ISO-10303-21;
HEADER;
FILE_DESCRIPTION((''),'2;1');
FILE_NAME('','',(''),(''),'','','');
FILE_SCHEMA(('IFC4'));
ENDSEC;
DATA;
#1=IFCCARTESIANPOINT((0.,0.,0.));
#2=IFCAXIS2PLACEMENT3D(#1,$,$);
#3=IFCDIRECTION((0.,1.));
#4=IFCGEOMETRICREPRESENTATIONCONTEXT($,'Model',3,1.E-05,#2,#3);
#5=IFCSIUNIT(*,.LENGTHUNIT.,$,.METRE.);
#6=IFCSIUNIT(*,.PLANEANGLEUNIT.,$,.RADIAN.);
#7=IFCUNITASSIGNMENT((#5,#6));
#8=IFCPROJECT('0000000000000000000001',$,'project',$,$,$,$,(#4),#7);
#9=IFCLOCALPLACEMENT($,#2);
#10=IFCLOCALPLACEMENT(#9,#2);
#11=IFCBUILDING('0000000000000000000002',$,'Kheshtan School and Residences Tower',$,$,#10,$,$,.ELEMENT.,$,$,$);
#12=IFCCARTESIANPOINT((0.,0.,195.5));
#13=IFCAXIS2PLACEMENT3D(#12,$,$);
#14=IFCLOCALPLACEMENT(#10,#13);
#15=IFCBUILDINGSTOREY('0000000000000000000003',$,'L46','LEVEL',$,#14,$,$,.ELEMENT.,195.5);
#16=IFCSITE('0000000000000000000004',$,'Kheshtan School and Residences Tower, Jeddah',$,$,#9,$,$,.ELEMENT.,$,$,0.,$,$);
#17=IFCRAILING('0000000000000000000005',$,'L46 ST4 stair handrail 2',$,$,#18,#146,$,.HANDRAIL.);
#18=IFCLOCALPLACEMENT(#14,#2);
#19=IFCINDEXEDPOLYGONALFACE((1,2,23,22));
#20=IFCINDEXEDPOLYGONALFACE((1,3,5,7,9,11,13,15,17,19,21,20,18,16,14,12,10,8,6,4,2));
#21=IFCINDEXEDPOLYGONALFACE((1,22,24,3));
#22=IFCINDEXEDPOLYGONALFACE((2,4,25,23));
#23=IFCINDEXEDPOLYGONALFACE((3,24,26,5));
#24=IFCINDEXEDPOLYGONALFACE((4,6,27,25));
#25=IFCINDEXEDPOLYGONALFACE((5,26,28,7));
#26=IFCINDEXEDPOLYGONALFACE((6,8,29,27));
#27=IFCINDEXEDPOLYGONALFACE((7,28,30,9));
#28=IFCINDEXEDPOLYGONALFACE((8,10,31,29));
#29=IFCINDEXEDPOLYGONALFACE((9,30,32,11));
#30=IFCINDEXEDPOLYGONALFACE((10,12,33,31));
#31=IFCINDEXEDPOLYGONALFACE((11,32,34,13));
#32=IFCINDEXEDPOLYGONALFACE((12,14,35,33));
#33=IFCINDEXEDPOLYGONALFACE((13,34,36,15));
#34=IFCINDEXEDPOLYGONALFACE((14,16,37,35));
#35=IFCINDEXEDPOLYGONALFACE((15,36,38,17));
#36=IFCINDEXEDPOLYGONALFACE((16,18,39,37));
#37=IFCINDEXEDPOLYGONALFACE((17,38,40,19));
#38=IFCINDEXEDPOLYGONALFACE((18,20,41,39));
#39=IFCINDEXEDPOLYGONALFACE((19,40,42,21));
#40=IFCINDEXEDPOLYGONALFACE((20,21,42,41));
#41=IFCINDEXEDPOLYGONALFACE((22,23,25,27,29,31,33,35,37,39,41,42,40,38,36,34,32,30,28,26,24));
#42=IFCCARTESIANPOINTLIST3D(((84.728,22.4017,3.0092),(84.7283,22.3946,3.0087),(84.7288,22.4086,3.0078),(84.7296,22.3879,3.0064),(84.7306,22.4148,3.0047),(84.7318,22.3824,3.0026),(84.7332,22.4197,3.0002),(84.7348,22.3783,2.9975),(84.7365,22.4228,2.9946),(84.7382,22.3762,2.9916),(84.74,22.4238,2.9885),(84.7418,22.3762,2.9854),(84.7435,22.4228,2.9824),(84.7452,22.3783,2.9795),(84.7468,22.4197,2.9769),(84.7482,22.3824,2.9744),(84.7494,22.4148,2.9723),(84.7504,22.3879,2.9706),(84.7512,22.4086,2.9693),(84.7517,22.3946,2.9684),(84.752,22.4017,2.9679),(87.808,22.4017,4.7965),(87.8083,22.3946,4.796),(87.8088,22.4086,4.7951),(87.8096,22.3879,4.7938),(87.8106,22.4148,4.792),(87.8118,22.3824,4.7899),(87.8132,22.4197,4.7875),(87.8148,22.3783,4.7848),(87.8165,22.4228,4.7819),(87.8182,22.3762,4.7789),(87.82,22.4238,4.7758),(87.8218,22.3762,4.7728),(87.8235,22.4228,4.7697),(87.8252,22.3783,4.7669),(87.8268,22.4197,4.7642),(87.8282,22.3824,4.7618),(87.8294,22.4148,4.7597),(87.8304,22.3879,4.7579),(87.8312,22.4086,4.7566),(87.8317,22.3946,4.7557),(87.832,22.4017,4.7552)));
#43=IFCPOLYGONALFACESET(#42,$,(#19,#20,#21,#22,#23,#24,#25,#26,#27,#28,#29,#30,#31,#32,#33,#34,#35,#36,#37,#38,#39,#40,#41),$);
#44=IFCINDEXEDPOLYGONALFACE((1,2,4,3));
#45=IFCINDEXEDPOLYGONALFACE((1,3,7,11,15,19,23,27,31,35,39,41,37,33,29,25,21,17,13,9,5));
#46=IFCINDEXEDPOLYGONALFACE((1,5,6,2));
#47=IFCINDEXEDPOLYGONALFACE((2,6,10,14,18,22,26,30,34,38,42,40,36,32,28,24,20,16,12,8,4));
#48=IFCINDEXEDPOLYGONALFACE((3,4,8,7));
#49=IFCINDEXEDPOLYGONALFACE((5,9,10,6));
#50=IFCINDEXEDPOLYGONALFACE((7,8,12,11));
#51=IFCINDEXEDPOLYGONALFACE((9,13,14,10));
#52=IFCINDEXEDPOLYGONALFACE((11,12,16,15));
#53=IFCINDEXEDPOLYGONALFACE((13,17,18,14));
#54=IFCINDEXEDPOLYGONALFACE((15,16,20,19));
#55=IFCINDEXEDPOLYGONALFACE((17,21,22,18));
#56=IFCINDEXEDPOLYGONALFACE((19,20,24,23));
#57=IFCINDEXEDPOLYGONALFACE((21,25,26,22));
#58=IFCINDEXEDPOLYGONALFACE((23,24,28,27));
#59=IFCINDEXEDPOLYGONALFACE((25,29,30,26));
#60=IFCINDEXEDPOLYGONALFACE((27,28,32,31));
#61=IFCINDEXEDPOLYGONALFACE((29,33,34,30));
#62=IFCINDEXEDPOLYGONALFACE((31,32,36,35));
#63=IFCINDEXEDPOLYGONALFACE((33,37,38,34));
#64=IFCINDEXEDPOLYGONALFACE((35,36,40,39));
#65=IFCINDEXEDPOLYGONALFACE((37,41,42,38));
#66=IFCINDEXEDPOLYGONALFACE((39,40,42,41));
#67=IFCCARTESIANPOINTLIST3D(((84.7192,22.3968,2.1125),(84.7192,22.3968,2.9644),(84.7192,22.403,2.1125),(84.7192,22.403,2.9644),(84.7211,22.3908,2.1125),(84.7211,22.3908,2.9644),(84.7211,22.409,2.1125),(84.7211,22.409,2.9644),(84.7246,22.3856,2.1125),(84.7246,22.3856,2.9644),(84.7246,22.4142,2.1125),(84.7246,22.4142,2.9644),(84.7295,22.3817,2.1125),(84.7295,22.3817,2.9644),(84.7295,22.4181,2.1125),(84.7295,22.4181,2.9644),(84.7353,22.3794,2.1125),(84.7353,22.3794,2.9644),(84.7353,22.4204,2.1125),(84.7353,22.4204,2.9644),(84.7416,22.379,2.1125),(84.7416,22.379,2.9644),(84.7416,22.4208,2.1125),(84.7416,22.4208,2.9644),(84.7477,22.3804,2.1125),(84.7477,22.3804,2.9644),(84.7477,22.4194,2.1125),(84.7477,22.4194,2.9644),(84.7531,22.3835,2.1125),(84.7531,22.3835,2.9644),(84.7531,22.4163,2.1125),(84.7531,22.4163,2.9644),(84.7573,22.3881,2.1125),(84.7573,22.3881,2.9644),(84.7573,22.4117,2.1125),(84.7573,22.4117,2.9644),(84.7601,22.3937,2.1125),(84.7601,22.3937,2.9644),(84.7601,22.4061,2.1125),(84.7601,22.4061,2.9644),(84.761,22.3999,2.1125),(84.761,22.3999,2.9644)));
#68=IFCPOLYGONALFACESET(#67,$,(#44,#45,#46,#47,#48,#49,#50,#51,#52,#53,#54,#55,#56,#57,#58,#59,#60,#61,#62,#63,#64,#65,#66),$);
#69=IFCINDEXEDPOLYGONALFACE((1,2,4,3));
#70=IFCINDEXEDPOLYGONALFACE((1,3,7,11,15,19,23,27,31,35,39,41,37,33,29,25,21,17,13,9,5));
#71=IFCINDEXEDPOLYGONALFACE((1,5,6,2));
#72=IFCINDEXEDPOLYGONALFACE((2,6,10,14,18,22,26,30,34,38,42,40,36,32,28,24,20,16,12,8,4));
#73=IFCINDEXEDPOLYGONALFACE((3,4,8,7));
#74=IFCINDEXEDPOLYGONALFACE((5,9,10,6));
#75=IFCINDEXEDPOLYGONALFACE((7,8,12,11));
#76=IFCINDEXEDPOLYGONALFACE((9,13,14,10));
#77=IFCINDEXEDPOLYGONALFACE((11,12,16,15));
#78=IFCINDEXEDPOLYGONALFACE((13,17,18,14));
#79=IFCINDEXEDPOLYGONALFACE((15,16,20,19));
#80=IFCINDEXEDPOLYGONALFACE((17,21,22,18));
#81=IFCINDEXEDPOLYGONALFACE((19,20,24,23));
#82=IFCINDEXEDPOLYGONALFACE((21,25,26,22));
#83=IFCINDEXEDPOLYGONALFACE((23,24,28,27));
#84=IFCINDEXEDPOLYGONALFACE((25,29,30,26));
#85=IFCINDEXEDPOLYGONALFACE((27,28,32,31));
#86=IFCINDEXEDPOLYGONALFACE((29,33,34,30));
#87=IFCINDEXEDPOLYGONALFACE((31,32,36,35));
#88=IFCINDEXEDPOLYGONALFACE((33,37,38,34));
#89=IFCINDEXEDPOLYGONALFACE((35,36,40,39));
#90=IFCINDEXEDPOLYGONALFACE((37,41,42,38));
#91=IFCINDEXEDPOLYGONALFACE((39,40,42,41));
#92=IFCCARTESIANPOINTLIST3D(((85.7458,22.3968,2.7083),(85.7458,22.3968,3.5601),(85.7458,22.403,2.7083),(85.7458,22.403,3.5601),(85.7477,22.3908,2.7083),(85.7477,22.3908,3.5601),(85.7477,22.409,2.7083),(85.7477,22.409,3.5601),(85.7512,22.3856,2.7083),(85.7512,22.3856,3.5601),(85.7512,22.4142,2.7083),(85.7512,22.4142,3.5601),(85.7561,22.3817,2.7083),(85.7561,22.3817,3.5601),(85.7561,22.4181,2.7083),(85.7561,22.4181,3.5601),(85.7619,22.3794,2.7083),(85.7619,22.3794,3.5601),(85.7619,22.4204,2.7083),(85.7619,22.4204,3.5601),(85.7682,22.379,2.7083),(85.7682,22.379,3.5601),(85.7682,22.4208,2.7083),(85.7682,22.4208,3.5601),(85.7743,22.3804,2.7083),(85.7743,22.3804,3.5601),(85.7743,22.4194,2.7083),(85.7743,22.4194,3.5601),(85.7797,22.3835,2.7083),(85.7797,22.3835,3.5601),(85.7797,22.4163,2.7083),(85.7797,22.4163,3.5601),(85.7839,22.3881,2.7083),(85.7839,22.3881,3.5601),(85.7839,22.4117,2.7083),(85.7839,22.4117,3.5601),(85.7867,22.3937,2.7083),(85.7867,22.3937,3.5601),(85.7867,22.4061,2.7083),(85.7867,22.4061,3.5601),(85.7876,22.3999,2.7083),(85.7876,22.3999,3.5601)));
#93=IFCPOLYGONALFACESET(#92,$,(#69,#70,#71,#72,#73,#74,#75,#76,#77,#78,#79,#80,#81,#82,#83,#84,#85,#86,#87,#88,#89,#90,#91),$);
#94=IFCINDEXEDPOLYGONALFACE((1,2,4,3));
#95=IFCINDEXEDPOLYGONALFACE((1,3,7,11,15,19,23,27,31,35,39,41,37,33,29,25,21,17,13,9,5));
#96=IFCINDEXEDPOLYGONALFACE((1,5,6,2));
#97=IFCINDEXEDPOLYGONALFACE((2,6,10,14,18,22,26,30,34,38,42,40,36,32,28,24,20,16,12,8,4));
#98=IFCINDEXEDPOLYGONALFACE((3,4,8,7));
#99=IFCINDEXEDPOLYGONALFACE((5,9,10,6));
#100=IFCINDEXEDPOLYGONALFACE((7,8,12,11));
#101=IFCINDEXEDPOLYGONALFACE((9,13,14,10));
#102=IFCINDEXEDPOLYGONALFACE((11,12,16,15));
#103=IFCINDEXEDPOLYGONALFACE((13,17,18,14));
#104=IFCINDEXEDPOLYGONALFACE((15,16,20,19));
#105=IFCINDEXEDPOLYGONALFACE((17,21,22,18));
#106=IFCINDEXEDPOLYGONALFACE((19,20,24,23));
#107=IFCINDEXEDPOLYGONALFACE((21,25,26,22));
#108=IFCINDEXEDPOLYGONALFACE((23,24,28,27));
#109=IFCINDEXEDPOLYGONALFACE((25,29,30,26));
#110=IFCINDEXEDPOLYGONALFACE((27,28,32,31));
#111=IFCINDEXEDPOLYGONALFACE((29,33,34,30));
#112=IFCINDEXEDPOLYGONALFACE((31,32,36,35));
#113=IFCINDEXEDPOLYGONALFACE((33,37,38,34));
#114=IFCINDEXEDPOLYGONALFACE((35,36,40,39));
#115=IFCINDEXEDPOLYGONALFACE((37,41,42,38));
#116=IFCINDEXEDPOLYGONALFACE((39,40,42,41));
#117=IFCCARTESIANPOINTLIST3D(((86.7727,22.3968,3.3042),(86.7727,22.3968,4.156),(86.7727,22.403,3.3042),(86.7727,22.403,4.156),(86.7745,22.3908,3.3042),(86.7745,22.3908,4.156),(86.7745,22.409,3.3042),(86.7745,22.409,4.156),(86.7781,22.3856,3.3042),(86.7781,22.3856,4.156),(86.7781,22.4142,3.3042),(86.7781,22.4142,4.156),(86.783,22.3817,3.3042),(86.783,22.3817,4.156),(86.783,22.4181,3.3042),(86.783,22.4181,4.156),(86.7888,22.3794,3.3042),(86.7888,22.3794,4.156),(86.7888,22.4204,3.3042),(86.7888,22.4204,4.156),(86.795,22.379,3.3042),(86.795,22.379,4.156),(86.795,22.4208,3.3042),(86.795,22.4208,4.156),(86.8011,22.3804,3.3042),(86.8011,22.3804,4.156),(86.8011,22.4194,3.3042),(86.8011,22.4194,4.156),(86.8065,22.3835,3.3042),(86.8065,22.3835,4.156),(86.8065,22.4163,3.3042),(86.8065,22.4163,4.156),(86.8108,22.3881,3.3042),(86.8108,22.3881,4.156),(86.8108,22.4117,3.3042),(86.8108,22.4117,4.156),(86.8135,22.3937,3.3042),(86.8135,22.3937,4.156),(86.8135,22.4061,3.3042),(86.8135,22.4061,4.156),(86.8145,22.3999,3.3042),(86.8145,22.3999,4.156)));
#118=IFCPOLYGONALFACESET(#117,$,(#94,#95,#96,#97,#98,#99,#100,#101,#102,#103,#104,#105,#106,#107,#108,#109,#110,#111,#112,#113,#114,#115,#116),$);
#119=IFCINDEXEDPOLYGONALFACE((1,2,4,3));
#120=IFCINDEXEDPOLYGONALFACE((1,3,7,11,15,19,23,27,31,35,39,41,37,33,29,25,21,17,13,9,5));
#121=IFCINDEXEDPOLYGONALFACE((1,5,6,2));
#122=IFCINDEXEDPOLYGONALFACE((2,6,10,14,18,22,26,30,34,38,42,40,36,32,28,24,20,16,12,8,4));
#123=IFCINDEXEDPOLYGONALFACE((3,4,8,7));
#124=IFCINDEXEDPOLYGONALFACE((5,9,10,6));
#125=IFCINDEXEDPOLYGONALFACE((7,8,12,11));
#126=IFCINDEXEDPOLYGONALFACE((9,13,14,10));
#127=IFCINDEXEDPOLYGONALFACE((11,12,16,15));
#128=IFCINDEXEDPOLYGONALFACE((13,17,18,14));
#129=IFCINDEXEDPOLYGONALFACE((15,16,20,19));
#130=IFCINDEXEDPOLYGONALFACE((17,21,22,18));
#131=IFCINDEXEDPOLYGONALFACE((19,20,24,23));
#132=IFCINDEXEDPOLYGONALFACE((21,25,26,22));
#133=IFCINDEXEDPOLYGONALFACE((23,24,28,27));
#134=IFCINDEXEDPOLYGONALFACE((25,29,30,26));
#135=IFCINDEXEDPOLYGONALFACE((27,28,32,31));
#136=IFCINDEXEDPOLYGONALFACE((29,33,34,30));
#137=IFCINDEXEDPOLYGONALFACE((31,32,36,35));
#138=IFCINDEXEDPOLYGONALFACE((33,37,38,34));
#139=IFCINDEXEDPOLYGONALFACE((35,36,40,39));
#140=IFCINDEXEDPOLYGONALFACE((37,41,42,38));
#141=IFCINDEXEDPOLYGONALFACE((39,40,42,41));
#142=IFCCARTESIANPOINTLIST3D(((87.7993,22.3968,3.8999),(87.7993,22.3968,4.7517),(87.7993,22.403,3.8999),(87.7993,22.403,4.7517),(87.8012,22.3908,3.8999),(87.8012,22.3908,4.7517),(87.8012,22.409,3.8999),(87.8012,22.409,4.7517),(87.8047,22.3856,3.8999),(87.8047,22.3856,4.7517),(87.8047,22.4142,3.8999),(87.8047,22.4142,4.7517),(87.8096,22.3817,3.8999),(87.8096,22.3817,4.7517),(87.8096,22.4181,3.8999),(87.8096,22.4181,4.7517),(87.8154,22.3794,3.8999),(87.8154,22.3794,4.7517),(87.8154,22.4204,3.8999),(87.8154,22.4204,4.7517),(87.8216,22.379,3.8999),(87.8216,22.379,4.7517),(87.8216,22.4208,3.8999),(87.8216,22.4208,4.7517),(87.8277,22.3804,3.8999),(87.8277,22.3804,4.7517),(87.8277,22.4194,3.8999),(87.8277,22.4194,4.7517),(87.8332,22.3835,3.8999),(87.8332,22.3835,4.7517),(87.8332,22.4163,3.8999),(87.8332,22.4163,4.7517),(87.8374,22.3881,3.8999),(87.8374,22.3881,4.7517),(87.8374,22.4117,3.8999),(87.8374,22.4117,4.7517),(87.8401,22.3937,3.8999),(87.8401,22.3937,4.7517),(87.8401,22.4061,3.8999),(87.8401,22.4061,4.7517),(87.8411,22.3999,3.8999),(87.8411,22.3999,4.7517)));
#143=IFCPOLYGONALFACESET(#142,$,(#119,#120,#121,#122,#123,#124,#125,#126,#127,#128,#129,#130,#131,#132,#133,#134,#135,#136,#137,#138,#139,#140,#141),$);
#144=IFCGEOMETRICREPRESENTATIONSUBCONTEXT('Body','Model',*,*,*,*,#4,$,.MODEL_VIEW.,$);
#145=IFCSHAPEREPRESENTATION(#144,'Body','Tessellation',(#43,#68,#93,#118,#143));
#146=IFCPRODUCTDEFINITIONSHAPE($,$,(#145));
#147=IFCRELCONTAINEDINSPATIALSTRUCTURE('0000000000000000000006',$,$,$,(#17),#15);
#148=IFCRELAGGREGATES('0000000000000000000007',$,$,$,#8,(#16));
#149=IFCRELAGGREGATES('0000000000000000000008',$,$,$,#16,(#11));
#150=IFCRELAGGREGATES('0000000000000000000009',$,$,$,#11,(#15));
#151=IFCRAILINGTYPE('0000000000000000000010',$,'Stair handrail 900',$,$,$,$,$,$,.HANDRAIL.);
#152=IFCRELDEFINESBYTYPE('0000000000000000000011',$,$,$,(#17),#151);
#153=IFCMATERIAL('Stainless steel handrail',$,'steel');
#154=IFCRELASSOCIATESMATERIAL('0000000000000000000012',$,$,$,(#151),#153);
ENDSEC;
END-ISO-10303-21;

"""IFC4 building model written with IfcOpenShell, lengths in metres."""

from ifc_helpers import new_model, si_unit, direction, frame, origin, origin_2d, place, context, subcontext, project, spatial, circle, extrude, material, type_object, element, save


model = new_model("IFC4")

# Units and contexts
model_context = context("Model", 3, precision=1e-05, world=origin(), true_north=direction((0.0, 1.0)))
body_context = subcontext(model_context, "Body", "Model", "MODEL_VIEW")
ifc_project = project(units=[si_unit("LENGTHUNIT", "METRE"), si_unit("PLANEANGLEUNIT", "RADIAN")], contexts=[model_context])

# Site, building, storey
site_placement = place(None, origin())
site = spatial("IfcSite", under=ifc_project, at=site_placement, Name="Kheshtan School and Residences Tower, Jeddah", CompositionType="ELEMENT", RefElevation=0.0)
building_placement = place(site_placement, origin())
building = spatial("IfcBuilding", under=site, at=building_placement, Name="Kheshtan School and Residences Tower", CompositionType="ELEMENT")
storey_placement = place(building_placement, frame((0.0, 0.0, 195.5)))
storey = spatial("IfcBuildingStorey", under=building, at=storey_placement, Name="L46", Description="LEVEL", CompositionType="ELEMENT", Elevation=195.5)

# Railing
ifc_material_1 = material(Name="Stainless steel handrail", Category="steel")
railing_type_1 = type_object("IfcRailingType", Name="Stair handrail 900", PredefinedType="HANDRAIL", material=ifc_material_1)
railing_1_placement = place(storey_placement, frame((84.74, 22.3999, 2.1125)))
element("IfcRailing", 1, at=railing_1_placement, inside=storey, type_object=railing_type_1, Name="L46 ST4 stair handrail 2", PredefinedType="HANDRAIL", context=body_context, shape_type="SweptSolid", body=[
    extrude(circle(Radius=0.0239, at=origin_2d()), frame((0.0, 0.0, 0.876), z_axis=(0.86492, 0.0, 0.501909), x_axis=(0.0, 1.0, 0.0)), (0.0, 0.0, 1.0), 3.561),
    extrude(circle(Radius=0.021, at=origin_2d()), origin(), (0.0, 0.0, 1.0), 0.8518),
    extrude(circle(Radius=0.021, at=origin_2d()), frame((1.0266, 0.0, 0.5957)), (0.0, 0.0, 1.0), 0.8518),
    extrude(circle(Radius=0.021, at=origin_2d()), frame((2.0535, 0.0, 1.1917)), (0.0, 0.0, 1.0), 0.8518),
    extrude(circle(Radius=0.021, at=origin_2d()), frame((3.0801, 0.0, 1.7874)), (0.0, 0.0, 1.0), 0.8518),
])

save(model, "model.ifc")
